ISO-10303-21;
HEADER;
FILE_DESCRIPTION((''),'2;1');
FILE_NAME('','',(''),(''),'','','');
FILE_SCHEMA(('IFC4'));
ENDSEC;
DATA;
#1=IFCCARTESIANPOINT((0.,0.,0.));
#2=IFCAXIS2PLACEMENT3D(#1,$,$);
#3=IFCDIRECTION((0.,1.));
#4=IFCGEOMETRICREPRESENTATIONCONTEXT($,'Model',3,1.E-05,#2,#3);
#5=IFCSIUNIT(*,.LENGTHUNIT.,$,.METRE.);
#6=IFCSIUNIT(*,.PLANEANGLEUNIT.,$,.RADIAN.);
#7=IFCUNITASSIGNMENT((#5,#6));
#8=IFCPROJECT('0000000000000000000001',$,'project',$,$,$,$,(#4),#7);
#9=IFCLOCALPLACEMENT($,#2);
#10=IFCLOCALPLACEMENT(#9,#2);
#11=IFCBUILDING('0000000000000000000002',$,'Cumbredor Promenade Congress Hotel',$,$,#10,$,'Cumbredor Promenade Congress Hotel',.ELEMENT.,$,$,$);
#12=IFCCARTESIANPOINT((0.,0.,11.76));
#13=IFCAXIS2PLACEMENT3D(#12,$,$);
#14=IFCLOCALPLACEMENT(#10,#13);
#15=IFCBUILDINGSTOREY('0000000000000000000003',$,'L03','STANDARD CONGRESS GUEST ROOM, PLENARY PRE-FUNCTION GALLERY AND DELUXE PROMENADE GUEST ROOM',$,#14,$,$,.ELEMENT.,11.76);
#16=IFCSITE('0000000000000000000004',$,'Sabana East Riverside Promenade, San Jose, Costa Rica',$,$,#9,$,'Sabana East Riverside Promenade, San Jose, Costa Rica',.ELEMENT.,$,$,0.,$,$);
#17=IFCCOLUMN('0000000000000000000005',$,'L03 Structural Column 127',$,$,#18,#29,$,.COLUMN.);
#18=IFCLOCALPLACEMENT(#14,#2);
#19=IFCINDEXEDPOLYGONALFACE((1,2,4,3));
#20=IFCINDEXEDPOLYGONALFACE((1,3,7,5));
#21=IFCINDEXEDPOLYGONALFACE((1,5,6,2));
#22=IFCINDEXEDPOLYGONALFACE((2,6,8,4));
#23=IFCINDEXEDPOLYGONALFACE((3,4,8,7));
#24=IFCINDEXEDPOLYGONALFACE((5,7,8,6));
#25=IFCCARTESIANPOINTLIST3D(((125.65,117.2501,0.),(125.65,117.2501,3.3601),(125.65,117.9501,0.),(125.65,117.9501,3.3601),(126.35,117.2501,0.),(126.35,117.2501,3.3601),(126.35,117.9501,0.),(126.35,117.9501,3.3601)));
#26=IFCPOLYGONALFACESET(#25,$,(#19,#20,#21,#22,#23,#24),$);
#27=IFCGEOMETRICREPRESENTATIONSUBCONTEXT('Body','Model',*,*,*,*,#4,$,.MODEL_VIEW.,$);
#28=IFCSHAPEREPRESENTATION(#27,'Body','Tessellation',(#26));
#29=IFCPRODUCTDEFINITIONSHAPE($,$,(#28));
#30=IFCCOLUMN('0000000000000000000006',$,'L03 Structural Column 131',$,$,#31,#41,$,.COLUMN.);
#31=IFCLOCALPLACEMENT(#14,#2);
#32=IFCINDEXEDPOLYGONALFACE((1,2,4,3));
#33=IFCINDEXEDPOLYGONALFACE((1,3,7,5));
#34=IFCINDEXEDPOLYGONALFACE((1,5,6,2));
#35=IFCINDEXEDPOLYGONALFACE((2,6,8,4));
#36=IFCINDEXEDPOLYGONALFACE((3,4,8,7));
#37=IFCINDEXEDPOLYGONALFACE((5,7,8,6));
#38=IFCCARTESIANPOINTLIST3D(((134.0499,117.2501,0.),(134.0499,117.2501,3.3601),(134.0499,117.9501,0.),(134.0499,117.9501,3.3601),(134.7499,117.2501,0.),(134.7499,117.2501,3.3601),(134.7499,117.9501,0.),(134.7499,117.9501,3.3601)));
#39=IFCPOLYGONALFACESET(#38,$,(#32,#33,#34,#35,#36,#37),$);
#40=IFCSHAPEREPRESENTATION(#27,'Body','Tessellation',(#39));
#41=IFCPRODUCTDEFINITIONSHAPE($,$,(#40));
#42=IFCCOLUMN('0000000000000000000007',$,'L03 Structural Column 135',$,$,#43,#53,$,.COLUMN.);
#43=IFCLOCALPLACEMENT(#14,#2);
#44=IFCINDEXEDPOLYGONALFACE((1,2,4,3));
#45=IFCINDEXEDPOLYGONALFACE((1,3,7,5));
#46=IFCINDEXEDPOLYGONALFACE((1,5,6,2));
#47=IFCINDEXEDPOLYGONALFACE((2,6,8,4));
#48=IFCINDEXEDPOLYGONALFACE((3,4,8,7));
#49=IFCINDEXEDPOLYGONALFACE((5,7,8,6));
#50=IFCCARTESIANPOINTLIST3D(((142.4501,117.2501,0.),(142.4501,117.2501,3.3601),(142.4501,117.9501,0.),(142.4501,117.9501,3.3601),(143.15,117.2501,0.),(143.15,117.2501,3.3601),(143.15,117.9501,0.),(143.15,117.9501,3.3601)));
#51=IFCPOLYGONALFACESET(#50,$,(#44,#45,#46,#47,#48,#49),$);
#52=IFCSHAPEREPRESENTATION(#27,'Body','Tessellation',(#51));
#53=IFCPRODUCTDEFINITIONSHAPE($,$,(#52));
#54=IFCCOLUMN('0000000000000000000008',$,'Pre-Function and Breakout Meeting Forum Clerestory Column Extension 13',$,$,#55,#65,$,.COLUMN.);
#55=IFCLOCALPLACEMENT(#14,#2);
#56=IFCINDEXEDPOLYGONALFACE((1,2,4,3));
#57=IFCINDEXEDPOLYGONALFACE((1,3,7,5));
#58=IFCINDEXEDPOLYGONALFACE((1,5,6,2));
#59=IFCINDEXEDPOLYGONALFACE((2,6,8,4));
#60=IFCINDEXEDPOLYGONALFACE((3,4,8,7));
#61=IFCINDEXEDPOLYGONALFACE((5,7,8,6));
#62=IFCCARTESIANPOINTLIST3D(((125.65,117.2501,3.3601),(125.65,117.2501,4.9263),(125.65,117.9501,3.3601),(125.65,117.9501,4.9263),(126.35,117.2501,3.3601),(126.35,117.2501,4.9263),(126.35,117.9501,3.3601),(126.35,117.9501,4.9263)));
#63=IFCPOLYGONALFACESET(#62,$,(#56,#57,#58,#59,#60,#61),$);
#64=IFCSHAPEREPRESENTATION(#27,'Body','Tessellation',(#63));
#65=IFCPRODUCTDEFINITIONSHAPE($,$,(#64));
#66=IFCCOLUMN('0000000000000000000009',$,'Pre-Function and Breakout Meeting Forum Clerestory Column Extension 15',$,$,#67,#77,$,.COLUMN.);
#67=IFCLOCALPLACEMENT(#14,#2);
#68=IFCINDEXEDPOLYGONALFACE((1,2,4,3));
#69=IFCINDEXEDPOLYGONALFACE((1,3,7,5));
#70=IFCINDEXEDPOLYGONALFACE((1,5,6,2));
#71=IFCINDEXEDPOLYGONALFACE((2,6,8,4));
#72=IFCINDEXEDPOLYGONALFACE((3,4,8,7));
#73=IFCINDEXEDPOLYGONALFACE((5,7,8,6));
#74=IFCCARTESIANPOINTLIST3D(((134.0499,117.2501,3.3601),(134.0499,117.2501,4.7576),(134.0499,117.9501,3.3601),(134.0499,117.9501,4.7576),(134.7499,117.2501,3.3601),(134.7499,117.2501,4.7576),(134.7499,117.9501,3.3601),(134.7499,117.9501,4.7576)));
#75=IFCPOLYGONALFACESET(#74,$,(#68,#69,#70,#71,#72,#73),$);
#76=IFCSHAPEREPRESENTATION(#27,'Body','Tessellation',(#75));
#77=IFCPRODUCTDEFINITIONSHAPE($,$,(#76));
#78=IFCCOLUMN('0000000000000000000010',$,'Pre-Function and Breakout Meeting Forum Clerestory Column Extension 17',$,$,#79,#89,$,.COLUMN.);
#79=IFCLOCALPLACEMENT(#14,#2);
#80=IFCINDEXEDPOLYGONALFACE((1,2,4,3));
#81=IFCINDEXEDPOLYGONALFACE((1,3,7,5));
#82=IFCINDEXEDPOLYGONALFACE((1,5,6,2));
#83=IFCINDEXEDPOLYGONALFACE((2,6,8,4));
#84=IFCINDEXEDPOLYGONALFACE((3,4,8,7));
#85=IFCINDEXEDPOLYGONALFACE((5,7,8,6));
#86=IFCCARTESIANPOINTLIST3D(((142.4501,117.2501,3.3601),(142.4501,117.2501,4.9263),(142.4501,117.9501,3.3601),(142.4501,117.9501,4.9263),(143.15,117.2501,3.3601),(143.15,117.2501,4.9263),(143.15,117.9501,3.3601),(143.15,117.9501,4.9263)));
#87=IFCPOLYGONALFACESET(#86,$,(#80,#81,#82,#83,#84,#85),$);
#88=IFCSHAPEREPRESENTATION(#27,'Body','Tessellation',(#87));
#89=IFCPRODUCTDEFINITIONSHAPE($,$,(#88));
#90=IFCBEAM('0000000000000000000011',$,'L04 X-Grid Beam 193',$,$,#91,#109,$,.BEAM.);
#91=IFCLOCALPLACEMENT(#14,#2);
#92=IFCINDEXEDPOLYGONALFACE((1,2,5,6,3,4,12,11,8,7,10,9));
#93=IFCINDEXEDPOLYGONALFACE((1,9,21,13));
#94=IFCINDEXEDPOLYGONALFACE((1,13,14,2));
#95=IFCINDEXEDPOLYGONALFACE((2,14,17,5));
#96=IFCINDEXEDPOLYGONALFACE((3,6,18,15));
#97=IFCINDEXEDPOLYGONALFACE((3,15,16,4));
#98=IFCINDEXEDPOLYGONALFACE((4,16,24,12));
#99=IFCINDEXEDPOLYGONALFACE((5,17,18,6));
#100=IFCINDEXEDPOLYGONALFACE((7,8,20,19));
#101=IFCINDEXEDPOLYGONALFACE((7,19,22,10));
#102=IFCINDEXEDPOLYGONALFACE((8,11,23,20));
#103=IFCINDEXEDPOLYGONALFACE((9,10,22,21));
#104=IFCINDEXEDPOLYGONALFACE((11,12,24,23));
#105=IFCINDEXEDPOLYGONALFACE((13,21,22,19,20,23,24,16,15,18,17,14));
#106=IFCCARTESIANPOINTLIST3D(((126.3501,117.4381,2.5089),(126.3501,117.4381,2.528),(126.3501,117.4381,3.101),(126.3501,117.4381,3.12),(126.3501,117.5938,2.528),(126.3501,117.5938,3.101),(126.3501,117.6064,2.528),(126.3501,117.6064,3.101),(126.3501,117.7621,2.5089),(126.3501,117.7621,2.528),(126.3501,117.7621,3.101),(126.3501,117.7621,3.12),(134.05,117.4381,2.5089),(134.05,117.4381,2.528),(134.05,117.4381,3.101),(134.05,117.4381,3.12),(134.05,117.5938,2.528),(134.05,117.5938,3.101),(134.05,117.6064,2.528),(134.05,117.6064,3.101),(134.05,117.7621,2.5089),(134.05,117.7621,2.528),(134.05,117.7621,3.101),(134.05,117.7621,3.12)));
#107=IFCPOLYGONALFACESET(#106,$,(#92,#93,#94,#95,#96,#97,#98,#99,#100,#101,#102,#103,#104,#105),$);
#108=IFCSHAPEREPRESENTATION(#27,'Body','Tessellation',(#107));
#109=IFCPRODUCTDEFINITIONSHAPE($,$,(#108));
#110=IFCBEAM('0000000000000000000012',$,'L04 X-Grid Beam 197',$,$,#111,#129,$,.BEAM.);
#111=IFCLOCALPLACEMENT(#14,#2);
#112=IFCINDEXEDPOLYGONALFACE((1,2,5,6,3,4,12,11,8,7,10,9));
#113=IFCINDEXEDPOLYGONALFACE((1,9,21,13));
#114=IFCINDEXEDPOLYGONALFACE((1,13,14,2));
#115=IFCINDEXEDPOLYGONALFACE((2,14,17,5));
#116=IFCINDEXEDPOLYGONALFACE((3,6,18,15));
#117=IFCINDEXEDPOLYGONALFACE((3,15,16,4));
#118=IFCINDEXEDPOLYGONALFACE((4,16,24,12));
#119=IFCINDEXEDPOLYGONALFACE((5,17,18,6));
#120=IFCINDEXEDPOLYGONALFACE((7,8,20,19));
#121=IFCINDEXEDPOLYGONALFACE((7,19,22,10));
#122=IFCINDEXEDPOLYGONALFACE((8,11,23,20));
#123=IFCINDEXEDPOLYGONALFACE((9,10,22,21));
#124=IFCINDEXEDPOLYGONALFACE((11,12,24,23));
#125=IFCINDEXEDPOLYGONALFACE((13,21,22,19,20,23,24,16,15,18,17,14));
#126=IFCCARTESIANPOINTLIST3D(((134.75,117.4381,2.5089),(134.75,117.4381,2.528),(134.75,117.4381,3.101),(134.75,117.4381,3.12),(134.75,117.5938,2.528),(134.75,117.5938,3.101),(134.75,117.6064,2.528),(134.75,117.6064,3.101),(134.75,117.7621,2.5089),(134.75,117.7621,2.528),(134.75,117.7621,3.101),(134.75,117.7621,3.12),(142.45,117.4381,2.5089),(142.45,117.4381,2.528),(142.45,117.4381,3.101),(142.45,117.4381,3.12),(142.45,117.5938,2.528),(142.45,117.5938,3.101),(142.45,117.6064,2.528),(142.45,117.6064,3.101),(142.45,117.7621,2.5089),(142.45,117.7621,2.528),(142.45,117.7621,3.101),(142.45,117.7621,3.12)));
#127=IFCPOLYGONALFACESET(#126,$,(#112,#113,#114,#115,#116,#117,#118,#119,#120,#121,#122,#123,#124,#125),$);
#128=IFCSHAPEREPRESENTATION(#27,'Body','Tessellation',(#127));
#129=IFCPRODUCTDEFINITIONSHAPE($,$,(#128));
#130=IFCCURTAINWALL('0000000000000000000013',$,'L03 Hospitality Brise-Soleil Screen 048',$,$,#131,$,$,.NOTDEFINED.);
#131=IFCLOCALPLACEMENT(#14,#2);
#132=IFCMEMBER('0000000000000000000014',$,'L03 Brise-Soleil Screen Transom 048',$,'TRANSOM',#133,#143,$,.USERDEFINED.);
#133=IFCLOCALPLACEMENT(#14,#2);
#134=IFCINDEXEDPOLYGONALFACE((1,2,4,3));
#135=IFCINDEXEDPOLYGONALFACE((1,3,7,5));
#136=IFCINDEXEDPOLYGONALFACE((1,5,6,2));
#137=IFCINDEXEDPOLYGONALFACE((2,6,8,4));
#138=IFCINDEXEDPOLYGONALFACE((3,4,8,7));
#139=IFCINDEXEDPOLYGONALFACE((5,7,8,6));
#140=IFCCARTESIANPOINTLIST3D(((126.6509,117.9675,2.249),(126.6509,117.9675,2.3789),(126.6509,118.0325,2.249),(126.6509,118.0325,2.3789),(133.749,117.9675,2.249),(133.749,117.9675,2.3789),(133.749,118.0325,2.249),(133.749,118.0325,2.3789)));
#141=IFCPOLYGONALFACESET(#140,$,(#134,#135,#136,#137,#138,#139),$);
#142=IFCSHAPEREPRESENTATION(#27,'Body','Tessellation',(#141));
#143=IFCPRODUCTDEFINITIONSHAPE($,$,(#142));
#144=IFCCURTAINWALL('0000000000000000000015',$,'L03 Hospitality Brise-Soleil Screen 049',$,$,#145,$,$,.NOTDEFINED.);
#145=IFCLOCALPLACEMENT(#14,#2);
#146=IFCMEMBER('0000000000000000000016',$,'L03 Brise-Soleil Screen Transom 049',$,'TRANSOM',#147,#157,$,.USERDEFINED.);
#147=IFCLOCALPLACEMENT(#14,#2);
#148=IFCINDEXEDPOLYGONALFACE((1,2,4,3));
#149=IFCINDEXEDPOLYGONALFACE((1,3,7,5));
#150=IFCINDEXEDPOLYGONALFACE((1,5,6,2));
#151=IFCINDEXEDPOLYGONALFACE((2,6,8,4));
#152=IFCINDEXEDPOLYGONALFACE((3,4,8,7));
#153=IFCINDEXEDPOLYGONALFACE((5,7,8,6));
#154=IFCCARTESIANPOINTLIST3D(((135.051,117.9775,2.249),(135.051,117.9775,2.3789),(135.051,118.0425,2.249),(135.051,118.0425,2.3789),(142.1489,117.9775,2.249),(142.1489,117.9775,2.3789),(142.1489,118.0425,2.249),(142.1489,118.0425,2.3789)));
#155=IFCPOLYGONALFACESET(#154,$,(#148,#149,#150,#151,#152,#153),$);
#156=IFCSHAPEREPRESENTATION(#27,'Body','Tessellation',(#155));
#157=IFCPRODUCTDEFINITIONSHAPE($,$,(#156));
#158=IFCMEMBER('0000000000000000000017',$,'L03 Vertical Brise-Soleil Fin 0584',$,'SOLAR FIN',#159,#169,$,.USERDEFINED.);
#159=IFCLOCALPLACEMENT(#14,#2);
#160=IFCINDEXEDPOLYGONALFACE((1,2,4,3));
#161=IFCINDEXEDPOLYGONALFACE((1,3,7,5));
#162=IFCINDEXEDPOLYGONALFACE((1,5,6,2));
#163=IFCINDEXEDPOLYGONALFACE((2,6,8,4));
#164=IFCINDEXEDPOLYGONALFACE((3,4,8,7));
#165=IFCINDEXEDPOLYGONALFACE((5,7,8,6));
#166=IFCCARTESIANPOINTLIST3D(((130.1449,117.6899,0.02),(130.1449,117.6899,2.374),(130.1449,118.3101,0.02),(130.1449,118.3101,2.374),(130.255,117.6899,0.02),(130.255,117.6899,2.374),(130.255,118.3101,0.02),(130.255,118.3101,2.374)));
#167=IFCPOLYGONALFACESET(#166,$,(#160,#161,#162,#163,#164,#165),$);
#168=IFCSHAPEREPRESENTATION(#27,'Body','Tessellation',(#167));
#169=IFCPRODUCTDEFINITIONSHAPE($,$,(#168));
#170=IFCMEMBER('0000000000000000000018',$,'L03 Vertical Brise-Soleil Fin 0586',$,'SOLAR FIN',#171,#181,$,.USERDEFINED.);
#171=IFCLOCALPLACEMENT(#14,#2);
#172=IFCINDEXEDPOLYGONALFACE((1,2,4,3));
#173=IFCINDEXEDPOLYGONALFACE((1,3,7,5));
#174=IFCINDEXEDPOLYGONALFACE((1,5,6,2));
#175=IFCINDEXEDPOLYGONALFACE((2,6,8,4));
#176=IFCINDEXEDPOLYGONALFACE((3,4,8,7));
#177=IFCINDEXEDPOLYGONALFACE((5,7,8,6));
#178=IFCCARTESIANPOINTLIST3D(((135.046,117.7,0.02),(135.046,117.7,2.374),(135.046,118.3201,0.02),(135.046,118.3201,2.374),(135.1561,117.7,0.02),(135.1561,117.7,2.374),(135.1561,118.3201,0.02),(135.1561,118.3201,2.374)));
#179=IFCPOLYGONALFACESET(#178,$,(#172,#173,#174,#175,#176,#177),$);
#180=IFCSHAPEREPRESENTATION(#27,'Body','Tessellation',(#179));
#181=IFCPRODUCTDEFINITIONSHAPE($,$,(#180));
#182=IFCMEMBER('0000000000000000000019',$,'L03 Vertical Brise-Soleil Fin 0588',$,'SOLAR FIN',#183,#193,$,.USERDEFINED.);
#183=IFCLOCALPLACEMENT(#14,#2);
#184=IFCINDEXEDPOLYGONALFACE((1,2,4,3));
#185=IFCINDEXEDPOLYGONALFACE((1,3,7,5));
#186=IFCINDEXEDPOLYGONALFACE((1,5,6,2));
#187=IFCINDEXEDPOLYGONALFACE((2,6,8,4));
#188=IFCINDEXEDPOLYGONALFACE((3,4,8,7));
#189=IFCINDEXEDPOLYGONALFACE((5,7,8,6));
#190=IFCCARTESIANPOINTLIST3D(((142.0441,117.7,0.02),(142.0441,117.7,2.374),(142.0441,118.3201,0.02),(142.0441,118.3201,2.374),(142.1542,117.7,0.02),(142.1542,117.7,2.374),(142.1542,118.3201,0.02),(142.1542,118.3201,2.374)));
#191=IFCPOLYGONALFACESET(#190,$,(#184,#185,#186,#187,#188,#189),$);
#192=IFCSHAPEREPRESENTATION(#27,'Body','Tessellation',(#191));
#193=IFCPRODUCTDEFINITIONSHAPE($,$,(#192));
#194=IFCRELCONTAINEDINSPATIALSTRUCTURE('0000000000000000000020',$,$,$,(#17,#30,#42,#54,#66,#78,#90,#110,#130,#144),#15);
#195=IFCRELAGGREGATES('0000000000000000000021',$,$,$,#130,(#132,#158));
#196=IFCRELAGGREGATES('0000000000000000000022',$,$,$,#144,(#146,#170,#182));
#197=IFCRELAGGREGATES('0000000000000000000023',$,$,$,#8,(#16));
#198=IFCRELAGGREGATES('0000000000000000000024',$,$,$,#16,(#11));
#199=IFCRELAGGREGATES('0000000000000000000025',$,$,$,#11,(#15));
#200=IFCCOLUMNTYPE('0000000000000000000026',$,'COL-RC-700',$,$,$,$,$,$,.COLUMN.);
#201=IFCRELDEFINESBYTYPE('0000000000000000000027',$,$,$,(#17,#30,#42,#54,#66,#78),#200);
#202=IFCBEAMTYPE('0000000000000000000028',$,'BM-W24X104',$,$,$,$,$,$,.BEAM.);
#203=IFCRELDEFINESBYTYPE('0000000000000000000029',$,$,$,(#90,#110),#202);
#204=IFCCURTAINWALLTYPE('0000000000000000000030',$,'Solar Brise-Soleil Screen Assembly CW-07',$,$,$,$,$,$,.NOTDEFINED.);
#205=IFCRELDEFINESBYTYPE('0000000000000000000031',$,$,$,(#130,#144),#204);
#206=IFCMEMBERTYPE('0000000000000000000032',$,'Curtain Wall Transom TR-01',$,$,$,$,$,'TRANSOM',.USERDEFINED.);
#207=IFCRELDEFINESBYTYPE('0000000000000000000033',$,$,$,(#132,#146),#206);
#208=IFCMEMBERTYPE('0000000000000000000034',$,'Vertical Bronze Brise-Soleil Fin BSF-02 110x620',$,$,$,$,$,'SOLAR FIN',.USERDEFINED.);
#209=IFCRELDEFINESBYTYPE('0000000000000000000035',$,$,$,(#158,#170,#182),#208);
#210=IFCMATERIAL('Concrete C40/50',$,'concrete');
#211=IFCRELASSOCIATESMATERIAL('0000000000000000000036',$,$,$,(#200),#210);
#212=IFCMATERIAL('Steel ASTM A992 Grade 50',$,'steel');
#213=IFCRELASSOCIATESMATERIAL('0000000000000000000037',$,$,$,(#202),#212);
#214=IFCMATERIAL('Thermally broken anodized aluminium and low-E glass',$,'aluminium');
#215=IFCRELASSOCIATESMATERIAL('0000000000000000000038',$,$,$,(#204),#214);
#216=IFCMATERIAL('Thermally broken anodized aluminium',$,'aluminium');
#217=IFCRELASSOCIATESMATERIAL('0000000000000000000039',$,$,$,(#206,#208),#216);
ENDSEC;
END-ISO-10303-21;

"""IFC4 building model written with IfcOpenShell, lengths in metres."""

from ifc_helpers import new_model, si_unit, direction, frame, origin, origin_2d, place, context, subcontext, project, spatial, rectangle, i_section, extrude, material, material_profile, profile_set, type_object, element, aggregate, save


model = new_model("IFC4")

# Units and contexts
model_context = context("Model", 3, precision=1e-05, world=origin(), true_north=direction((0.0, 1.0)))
body_context = subcontext(model_context, "Body", "Model", "MODEL_VIEW")
ifc_project = project(units=[si_unit("LENGTHUNIT", "METRE"), si_unit("PLANEANGLEUNIT", "RADIAN")], contexts=[model_context])

# Site, building, storey
site_placement = place(None, origin())
site = spatial("IfcSite", under=ifc_project, at=site_placement, Name="Sabana East Riverside Promenade, San Jose, Costa Rica", LongName="Sabana East Riverside Promenade, San Jose, Costa Rica", CompositionType="ELEMENT", RefElevation=0.0)
building_placement = place(site_placement, origin())
building = spatial("IfcBuilding", under=site, at=building_placement, Name="Cumbredor Promenade Congress Hotel", LongName="Cumbredor Promenade Congress Hotel", CompositionType="ELEMENT")
storey_placement = place(building_placement, frame((0.0, 0.0, 11.76)))
storey = spatial("IfcBuildingStorey", under=building, at=storey_placement, Name="L03", Description="STANDARD CONGRESS GUEST ROOM, PLENARY PRE-FUNCTION GALLERY AND DELUXE PROMENADE GUEST ROOM", CompositionType="ELEMENT", Elevation=11.76)

# Columns
ifc_material_1 = material(Name="Concrete C40/50", Category="concrete")
ifc_material_profile_1 = material_profile(ifc_material_1, rectangle(XDim=0.7, YDim=0.7, at=origin_2d()), Name="RC 700x700")
ifc_profile_set_1 = profile_set([ifc_material_profile_1], Name="Concrete C40/50")
column_type = type_object("IfcColumnType", Name="COL-RC-700", PredefinedType="COLUMN", material=ifc_profile_set_1)
for number, where, z_axis, x_axis, name in (
    (1, (126.0, 117.6001, 0.0), (0.0, 0.0, 1.0), (1.0, 0.0, 0.0), "L03 Structural Column 127"),
    (2, (134.3999, 117.6001, 0.0), (0.0, 0.0, 1.0), (1.0, 0.0, 0.0), "L03 Structural Column 131"),
    (3, (142.8, 117.6001, 0.0), (0.0, 0.0, 1.0), (1.0, 0.0, 0.0), "L03 Structural Column 135"),
):
    element("IfcColumn", number, at=place(storey_placement, frame(where, z_axis=z_axis, x_axis=x_axis)), inside=storey, type_object=column_type, Name=name, PredefinedType="COLUMN", context=body_context, shape_type="SweptSolid", body=[
        extrude(rectangle(XDim=0.7, YDim=0.7, at=origin_2d()), origin(), (0.0, 0.0, 1.0), 3.3601),
    ])
column_1_placement = place(storey_placement, frame((126.0, 117.6001, 3.3601), z_axis=(0.0, 0.0, 1.0), x_axis=(1.0, 0.0, 0.0)))
element("IfcColumn", 4, at=column_1_placement, inside=storey, type_object=column_type, Name="Pre-Function and Breakout Meeting Forum Clerestory Column Extension 13", PredefinedType="COLUMN", context=body_context, shape_type="SweptSolid", body=[
    extrude(rectangle(XDim=0.7, YDim=0.7, at=origin_2d()), origin(), (0.0, 0.0, 1.0), 1.5662),
])
column_2_placement = place(storey_placement, frame((134.3999, 117.6001, 3.3601), z_axis=(0.0, 0.0, 1.0), x_axis=(1.0, 0.0, 0.0)))
element("IfcColumn", 5, at=column_2_placement, inside=storey, type_object=column_type, Name="Pre-Function and Breakout Meeting Forum Clerestory Column Extension 15", PredefinedType="COLUMN", context=body_context, shape_type="SweptSolid", body=[
    extrude(rectangle(XDim=0.7, YDim=0.7, at=origin_2d()), origin(), (0.0, 0.0, 1.0), 1.3975),
])
column_3_placement = place(storey_placement, frame((142.8, 117.6001, 3.3601), z_axis=(0.0, 0.0, 1.0), x_axis=(1.0, 0.0, 0.0)))
element("IfcColumn", 6, at=column_3_placement, inside=storey, type_object=column_type, Name="Pre-Function and Breakout Meeting Forum Clerestory Column Extension 17", PredefinedType="COLUMN", context=body_context, shape_type="SweptSolid", body=[
    extrude(rectangle(XDim=0.7, YDim=0.7, at=origin_2d()), origin(), (0.0, 0.0, 1.0), 1.5662),
])

# Beams
ifc_material_2 = material(Name="Steel ASTM A992 Grade 50", Category="steel")
ifc_material_profile_2 = material_profile(ifc_material_2, i_section(OverallWidth=0.324, OverallDepth=0.6111, WebThickness=0.0127, FlangeThickness=0.019, at=origin_2d()), Name="W24X104")
ifc_profile_set_2 = profile_set([ifc_material_profile_2], Name="Steel ASTM A992 Grade 50")
beam_type = type_object("IfcBeamType", Name="BM-W24X104", PredefinedType="BEAM", material=ifc_profile_set_2)
for number, where, z_axis, x_axis, name in (
    (7, (126.3501, 117.6001, 2.8145), (1.0, 0.0, 0.0), (0.0, 1.0, 0.0), "L04 X-Grid Beam 193"),
    (8, (134.75, 117.6001, 2.8145), (1.0, 0.0, 0.0), (0.0, 1.0, 0.0), "L04 X-Grid Beam 197"),
):
    element("IfcBeam", number, at=place(storey_placement, frame(where, z_axis=z_axis, x_axis=x_axis)), inside=storey, type_object=beam_type, Name=name, PredefinedType="BEAM", context=body_context, shape_type="SweptSolid", body=[
        extrude(i_section(OverallWidth=0.324, OverallDepth=0.6111, WebThickness=0.0127, FlangeThickness=0.019, at=origin_2d()), origin(), (0.0, 0.0, 1.0), 7.7),
    ])

# Curtain walls, members
ifc_material_3 = material(Name="Thermally broken anodized aluminium and low-E glass", Category="aluminium")
curtain_wall_type = type_object("IfcCurtainWallType", Name="Solar Brise-Soleil Screen Assembly CW-07", PredefinedType="NOTDEFINED", material=ifc_material_3)
curtain_wall_1_placement = place(storey_placement, origin())
curtain_wall_1 = element("IfcCurtainWall", 9, at=curtain_wall_1_placement, inside=storey, type_object=curtain_wall_type, Name="L03 Hospitality Brise-Soleil Screen 048", PredefinedType="NOTDEFINED")
ifc_material_4 = material(Name="Thermally broken anodized aluminium", Category="aluminium")
ifc_material_profile_3 = material_profile(ifc_material_4, rectangle(XDim=0.0649, YDim=0.1299, at=origin_2d()), Name="ALU TRANSOM 65x130")
ifc_profile_set_3 = profile_set([ifc_material_profile_3], Name="Thermally broken anodized aluminium")
member_type_1 = type_object("IfcMemberType", Name="Curtain Wall Transom TR-01", ElementType="TRANSOM", PredefinedType="USERDEFINED", material=ifc_profile_set_3)
member_1_placement = place(storey_placement, frame((126.6509, 118.0, 2.314), z_axis=(1.0, 0.0, 0.0), x_axis=(0.0, 1.0, 0.0)))
member_1 = element("IfcMember", 10, at=member_1_placement, type_object=member_type_1, Name="L03 Brise-Soleil Screen Transom 048", ObjectType="TRANSOM", PredefinedType="USERDEFINED", context=body_context, shape_type="SweptSolid", body=[
    extrude(rectangle(XDim=0.0649, YDim=0.1299, at=origin_2d()), origin(), (0.0, 0.0, 1.0), 7.0981),
])
curtain_wall_2_placement = place(storey_placement, origin())
curtain_wall_2 = element("IfcCurtainWall", 11, at=curtain_wall_2_placement, inside=storey, type_object=curtain_wall_type, Name="L03 Hospitality Brise-Soleil Screen 049", PredefinedType="NOTDEFINED")
member_2_placement = place(storey_placement, frame((135.051, 118.01, 2.314), z_axis=(1.0, 0.0, 0.0), x_axis=(0.0, 1.0, 0.0)))
member_2 = element("IfcMember", 12, at=member_2_placement, type_object=member_type_1, Name="L03 Brise-Soleil Screen Transom 049", ObjectType="TRANSOM", PredefinedType="USERDEFINED", context=body_context, shape_type="SweptSolid", body=[
    extrude(rectangle(XDim=0.0649, YDim=0.1299, at=origin_2d()), origin(), (0.0, 0.0, 1.0), 7.0979),
])

# Members
ifc_material_profile_4 = material_profile(ifc_material_4, rectangle(XDim=0.1101, YDim=0.6201, at=origin_2d()), Name="ARCH FIN 110x620")
ifc_profile_set_4 = profile_set([ifc_material_profile_4], Name="Thermally broken anodized aluminium")
member_type_2 = type_object("IfcMemberType", Name="Vertical Bronze Brise-Soleil Fin BSF-02 110x620", ElementType="SOLAR FIN", PredefinedType="USERDEFINED", material=ifc_profile_set_4)
member_3_placement = place(storey_placement, frame((130.2, 118.0, 0.02), z_axis=(0.0, 0.0, 1.0), x_axis=(1.0, 0.0, 0.0)))
member_3 = element("IfcMember", 13, at=member_3_placement, type_object=member_type_2, Name="L03 Vertical Brise-Soleil Fin 0584", ObjectType="SOLAR FIN", PredefinedType="USERDEFINED", context=body_context, shape_type="SweptSolid", body=[
    extrude(rectangle(XDim=0.1101, YDim=0.6201, at=origin_2d()), origin(), (0.0, 0.0, 1.0), 2.354),
])
member_4_placement = place(storey_placement, frame((135.1011, 118.01, 0.02), z_axis=(0.0, 0.0, 1.0), x_axis=(1.0, 0.0, 0.0)))
member_4 = element("IfcMember", 14, at=member_4_placement, type_object=member_type_2, Name="L03 Vertical Brise-Soleil Fin 0586", ObjectType="SOLAR FIN", PredefinedType="USERDEFINED", context=body_context, shape_type="SweptSolid", body=[
    extrude(rectangle(XDim=0.1101, YDim=0.6201, at=origin_2d()), origin(), (0.0, 0.0, 1.0), 2.354),
])
member_5_placement = place(storey_placement, frame((142.0991, 118.01, 0.02), z_axis=(0.0, 0.0, 1.0), x_axis=(1.0, 0.0, 0.0)))
member_5 = element("IfcMember", 15, at=member_5_placement, type_object=member_type_2, Name="L03 Vertical Brise-Soleil Fin 0588", ObjectType="SOLAR FIN", PredefinedType="USERDEFINED", context=body_context, shape_type="SweptSolid", body=[
    extrude(rectangle(XDim=0.1101, YDim=0.6201, at=origin_2d()), origin(), (0.0, 0.0, 1.0), 2.354),
])

aggregate(curtain_wall_1, [member_1, member_3])
aggregate(curtain_wall_2, [member_2, member_4, member_5])

save(model, "model.ifc")
